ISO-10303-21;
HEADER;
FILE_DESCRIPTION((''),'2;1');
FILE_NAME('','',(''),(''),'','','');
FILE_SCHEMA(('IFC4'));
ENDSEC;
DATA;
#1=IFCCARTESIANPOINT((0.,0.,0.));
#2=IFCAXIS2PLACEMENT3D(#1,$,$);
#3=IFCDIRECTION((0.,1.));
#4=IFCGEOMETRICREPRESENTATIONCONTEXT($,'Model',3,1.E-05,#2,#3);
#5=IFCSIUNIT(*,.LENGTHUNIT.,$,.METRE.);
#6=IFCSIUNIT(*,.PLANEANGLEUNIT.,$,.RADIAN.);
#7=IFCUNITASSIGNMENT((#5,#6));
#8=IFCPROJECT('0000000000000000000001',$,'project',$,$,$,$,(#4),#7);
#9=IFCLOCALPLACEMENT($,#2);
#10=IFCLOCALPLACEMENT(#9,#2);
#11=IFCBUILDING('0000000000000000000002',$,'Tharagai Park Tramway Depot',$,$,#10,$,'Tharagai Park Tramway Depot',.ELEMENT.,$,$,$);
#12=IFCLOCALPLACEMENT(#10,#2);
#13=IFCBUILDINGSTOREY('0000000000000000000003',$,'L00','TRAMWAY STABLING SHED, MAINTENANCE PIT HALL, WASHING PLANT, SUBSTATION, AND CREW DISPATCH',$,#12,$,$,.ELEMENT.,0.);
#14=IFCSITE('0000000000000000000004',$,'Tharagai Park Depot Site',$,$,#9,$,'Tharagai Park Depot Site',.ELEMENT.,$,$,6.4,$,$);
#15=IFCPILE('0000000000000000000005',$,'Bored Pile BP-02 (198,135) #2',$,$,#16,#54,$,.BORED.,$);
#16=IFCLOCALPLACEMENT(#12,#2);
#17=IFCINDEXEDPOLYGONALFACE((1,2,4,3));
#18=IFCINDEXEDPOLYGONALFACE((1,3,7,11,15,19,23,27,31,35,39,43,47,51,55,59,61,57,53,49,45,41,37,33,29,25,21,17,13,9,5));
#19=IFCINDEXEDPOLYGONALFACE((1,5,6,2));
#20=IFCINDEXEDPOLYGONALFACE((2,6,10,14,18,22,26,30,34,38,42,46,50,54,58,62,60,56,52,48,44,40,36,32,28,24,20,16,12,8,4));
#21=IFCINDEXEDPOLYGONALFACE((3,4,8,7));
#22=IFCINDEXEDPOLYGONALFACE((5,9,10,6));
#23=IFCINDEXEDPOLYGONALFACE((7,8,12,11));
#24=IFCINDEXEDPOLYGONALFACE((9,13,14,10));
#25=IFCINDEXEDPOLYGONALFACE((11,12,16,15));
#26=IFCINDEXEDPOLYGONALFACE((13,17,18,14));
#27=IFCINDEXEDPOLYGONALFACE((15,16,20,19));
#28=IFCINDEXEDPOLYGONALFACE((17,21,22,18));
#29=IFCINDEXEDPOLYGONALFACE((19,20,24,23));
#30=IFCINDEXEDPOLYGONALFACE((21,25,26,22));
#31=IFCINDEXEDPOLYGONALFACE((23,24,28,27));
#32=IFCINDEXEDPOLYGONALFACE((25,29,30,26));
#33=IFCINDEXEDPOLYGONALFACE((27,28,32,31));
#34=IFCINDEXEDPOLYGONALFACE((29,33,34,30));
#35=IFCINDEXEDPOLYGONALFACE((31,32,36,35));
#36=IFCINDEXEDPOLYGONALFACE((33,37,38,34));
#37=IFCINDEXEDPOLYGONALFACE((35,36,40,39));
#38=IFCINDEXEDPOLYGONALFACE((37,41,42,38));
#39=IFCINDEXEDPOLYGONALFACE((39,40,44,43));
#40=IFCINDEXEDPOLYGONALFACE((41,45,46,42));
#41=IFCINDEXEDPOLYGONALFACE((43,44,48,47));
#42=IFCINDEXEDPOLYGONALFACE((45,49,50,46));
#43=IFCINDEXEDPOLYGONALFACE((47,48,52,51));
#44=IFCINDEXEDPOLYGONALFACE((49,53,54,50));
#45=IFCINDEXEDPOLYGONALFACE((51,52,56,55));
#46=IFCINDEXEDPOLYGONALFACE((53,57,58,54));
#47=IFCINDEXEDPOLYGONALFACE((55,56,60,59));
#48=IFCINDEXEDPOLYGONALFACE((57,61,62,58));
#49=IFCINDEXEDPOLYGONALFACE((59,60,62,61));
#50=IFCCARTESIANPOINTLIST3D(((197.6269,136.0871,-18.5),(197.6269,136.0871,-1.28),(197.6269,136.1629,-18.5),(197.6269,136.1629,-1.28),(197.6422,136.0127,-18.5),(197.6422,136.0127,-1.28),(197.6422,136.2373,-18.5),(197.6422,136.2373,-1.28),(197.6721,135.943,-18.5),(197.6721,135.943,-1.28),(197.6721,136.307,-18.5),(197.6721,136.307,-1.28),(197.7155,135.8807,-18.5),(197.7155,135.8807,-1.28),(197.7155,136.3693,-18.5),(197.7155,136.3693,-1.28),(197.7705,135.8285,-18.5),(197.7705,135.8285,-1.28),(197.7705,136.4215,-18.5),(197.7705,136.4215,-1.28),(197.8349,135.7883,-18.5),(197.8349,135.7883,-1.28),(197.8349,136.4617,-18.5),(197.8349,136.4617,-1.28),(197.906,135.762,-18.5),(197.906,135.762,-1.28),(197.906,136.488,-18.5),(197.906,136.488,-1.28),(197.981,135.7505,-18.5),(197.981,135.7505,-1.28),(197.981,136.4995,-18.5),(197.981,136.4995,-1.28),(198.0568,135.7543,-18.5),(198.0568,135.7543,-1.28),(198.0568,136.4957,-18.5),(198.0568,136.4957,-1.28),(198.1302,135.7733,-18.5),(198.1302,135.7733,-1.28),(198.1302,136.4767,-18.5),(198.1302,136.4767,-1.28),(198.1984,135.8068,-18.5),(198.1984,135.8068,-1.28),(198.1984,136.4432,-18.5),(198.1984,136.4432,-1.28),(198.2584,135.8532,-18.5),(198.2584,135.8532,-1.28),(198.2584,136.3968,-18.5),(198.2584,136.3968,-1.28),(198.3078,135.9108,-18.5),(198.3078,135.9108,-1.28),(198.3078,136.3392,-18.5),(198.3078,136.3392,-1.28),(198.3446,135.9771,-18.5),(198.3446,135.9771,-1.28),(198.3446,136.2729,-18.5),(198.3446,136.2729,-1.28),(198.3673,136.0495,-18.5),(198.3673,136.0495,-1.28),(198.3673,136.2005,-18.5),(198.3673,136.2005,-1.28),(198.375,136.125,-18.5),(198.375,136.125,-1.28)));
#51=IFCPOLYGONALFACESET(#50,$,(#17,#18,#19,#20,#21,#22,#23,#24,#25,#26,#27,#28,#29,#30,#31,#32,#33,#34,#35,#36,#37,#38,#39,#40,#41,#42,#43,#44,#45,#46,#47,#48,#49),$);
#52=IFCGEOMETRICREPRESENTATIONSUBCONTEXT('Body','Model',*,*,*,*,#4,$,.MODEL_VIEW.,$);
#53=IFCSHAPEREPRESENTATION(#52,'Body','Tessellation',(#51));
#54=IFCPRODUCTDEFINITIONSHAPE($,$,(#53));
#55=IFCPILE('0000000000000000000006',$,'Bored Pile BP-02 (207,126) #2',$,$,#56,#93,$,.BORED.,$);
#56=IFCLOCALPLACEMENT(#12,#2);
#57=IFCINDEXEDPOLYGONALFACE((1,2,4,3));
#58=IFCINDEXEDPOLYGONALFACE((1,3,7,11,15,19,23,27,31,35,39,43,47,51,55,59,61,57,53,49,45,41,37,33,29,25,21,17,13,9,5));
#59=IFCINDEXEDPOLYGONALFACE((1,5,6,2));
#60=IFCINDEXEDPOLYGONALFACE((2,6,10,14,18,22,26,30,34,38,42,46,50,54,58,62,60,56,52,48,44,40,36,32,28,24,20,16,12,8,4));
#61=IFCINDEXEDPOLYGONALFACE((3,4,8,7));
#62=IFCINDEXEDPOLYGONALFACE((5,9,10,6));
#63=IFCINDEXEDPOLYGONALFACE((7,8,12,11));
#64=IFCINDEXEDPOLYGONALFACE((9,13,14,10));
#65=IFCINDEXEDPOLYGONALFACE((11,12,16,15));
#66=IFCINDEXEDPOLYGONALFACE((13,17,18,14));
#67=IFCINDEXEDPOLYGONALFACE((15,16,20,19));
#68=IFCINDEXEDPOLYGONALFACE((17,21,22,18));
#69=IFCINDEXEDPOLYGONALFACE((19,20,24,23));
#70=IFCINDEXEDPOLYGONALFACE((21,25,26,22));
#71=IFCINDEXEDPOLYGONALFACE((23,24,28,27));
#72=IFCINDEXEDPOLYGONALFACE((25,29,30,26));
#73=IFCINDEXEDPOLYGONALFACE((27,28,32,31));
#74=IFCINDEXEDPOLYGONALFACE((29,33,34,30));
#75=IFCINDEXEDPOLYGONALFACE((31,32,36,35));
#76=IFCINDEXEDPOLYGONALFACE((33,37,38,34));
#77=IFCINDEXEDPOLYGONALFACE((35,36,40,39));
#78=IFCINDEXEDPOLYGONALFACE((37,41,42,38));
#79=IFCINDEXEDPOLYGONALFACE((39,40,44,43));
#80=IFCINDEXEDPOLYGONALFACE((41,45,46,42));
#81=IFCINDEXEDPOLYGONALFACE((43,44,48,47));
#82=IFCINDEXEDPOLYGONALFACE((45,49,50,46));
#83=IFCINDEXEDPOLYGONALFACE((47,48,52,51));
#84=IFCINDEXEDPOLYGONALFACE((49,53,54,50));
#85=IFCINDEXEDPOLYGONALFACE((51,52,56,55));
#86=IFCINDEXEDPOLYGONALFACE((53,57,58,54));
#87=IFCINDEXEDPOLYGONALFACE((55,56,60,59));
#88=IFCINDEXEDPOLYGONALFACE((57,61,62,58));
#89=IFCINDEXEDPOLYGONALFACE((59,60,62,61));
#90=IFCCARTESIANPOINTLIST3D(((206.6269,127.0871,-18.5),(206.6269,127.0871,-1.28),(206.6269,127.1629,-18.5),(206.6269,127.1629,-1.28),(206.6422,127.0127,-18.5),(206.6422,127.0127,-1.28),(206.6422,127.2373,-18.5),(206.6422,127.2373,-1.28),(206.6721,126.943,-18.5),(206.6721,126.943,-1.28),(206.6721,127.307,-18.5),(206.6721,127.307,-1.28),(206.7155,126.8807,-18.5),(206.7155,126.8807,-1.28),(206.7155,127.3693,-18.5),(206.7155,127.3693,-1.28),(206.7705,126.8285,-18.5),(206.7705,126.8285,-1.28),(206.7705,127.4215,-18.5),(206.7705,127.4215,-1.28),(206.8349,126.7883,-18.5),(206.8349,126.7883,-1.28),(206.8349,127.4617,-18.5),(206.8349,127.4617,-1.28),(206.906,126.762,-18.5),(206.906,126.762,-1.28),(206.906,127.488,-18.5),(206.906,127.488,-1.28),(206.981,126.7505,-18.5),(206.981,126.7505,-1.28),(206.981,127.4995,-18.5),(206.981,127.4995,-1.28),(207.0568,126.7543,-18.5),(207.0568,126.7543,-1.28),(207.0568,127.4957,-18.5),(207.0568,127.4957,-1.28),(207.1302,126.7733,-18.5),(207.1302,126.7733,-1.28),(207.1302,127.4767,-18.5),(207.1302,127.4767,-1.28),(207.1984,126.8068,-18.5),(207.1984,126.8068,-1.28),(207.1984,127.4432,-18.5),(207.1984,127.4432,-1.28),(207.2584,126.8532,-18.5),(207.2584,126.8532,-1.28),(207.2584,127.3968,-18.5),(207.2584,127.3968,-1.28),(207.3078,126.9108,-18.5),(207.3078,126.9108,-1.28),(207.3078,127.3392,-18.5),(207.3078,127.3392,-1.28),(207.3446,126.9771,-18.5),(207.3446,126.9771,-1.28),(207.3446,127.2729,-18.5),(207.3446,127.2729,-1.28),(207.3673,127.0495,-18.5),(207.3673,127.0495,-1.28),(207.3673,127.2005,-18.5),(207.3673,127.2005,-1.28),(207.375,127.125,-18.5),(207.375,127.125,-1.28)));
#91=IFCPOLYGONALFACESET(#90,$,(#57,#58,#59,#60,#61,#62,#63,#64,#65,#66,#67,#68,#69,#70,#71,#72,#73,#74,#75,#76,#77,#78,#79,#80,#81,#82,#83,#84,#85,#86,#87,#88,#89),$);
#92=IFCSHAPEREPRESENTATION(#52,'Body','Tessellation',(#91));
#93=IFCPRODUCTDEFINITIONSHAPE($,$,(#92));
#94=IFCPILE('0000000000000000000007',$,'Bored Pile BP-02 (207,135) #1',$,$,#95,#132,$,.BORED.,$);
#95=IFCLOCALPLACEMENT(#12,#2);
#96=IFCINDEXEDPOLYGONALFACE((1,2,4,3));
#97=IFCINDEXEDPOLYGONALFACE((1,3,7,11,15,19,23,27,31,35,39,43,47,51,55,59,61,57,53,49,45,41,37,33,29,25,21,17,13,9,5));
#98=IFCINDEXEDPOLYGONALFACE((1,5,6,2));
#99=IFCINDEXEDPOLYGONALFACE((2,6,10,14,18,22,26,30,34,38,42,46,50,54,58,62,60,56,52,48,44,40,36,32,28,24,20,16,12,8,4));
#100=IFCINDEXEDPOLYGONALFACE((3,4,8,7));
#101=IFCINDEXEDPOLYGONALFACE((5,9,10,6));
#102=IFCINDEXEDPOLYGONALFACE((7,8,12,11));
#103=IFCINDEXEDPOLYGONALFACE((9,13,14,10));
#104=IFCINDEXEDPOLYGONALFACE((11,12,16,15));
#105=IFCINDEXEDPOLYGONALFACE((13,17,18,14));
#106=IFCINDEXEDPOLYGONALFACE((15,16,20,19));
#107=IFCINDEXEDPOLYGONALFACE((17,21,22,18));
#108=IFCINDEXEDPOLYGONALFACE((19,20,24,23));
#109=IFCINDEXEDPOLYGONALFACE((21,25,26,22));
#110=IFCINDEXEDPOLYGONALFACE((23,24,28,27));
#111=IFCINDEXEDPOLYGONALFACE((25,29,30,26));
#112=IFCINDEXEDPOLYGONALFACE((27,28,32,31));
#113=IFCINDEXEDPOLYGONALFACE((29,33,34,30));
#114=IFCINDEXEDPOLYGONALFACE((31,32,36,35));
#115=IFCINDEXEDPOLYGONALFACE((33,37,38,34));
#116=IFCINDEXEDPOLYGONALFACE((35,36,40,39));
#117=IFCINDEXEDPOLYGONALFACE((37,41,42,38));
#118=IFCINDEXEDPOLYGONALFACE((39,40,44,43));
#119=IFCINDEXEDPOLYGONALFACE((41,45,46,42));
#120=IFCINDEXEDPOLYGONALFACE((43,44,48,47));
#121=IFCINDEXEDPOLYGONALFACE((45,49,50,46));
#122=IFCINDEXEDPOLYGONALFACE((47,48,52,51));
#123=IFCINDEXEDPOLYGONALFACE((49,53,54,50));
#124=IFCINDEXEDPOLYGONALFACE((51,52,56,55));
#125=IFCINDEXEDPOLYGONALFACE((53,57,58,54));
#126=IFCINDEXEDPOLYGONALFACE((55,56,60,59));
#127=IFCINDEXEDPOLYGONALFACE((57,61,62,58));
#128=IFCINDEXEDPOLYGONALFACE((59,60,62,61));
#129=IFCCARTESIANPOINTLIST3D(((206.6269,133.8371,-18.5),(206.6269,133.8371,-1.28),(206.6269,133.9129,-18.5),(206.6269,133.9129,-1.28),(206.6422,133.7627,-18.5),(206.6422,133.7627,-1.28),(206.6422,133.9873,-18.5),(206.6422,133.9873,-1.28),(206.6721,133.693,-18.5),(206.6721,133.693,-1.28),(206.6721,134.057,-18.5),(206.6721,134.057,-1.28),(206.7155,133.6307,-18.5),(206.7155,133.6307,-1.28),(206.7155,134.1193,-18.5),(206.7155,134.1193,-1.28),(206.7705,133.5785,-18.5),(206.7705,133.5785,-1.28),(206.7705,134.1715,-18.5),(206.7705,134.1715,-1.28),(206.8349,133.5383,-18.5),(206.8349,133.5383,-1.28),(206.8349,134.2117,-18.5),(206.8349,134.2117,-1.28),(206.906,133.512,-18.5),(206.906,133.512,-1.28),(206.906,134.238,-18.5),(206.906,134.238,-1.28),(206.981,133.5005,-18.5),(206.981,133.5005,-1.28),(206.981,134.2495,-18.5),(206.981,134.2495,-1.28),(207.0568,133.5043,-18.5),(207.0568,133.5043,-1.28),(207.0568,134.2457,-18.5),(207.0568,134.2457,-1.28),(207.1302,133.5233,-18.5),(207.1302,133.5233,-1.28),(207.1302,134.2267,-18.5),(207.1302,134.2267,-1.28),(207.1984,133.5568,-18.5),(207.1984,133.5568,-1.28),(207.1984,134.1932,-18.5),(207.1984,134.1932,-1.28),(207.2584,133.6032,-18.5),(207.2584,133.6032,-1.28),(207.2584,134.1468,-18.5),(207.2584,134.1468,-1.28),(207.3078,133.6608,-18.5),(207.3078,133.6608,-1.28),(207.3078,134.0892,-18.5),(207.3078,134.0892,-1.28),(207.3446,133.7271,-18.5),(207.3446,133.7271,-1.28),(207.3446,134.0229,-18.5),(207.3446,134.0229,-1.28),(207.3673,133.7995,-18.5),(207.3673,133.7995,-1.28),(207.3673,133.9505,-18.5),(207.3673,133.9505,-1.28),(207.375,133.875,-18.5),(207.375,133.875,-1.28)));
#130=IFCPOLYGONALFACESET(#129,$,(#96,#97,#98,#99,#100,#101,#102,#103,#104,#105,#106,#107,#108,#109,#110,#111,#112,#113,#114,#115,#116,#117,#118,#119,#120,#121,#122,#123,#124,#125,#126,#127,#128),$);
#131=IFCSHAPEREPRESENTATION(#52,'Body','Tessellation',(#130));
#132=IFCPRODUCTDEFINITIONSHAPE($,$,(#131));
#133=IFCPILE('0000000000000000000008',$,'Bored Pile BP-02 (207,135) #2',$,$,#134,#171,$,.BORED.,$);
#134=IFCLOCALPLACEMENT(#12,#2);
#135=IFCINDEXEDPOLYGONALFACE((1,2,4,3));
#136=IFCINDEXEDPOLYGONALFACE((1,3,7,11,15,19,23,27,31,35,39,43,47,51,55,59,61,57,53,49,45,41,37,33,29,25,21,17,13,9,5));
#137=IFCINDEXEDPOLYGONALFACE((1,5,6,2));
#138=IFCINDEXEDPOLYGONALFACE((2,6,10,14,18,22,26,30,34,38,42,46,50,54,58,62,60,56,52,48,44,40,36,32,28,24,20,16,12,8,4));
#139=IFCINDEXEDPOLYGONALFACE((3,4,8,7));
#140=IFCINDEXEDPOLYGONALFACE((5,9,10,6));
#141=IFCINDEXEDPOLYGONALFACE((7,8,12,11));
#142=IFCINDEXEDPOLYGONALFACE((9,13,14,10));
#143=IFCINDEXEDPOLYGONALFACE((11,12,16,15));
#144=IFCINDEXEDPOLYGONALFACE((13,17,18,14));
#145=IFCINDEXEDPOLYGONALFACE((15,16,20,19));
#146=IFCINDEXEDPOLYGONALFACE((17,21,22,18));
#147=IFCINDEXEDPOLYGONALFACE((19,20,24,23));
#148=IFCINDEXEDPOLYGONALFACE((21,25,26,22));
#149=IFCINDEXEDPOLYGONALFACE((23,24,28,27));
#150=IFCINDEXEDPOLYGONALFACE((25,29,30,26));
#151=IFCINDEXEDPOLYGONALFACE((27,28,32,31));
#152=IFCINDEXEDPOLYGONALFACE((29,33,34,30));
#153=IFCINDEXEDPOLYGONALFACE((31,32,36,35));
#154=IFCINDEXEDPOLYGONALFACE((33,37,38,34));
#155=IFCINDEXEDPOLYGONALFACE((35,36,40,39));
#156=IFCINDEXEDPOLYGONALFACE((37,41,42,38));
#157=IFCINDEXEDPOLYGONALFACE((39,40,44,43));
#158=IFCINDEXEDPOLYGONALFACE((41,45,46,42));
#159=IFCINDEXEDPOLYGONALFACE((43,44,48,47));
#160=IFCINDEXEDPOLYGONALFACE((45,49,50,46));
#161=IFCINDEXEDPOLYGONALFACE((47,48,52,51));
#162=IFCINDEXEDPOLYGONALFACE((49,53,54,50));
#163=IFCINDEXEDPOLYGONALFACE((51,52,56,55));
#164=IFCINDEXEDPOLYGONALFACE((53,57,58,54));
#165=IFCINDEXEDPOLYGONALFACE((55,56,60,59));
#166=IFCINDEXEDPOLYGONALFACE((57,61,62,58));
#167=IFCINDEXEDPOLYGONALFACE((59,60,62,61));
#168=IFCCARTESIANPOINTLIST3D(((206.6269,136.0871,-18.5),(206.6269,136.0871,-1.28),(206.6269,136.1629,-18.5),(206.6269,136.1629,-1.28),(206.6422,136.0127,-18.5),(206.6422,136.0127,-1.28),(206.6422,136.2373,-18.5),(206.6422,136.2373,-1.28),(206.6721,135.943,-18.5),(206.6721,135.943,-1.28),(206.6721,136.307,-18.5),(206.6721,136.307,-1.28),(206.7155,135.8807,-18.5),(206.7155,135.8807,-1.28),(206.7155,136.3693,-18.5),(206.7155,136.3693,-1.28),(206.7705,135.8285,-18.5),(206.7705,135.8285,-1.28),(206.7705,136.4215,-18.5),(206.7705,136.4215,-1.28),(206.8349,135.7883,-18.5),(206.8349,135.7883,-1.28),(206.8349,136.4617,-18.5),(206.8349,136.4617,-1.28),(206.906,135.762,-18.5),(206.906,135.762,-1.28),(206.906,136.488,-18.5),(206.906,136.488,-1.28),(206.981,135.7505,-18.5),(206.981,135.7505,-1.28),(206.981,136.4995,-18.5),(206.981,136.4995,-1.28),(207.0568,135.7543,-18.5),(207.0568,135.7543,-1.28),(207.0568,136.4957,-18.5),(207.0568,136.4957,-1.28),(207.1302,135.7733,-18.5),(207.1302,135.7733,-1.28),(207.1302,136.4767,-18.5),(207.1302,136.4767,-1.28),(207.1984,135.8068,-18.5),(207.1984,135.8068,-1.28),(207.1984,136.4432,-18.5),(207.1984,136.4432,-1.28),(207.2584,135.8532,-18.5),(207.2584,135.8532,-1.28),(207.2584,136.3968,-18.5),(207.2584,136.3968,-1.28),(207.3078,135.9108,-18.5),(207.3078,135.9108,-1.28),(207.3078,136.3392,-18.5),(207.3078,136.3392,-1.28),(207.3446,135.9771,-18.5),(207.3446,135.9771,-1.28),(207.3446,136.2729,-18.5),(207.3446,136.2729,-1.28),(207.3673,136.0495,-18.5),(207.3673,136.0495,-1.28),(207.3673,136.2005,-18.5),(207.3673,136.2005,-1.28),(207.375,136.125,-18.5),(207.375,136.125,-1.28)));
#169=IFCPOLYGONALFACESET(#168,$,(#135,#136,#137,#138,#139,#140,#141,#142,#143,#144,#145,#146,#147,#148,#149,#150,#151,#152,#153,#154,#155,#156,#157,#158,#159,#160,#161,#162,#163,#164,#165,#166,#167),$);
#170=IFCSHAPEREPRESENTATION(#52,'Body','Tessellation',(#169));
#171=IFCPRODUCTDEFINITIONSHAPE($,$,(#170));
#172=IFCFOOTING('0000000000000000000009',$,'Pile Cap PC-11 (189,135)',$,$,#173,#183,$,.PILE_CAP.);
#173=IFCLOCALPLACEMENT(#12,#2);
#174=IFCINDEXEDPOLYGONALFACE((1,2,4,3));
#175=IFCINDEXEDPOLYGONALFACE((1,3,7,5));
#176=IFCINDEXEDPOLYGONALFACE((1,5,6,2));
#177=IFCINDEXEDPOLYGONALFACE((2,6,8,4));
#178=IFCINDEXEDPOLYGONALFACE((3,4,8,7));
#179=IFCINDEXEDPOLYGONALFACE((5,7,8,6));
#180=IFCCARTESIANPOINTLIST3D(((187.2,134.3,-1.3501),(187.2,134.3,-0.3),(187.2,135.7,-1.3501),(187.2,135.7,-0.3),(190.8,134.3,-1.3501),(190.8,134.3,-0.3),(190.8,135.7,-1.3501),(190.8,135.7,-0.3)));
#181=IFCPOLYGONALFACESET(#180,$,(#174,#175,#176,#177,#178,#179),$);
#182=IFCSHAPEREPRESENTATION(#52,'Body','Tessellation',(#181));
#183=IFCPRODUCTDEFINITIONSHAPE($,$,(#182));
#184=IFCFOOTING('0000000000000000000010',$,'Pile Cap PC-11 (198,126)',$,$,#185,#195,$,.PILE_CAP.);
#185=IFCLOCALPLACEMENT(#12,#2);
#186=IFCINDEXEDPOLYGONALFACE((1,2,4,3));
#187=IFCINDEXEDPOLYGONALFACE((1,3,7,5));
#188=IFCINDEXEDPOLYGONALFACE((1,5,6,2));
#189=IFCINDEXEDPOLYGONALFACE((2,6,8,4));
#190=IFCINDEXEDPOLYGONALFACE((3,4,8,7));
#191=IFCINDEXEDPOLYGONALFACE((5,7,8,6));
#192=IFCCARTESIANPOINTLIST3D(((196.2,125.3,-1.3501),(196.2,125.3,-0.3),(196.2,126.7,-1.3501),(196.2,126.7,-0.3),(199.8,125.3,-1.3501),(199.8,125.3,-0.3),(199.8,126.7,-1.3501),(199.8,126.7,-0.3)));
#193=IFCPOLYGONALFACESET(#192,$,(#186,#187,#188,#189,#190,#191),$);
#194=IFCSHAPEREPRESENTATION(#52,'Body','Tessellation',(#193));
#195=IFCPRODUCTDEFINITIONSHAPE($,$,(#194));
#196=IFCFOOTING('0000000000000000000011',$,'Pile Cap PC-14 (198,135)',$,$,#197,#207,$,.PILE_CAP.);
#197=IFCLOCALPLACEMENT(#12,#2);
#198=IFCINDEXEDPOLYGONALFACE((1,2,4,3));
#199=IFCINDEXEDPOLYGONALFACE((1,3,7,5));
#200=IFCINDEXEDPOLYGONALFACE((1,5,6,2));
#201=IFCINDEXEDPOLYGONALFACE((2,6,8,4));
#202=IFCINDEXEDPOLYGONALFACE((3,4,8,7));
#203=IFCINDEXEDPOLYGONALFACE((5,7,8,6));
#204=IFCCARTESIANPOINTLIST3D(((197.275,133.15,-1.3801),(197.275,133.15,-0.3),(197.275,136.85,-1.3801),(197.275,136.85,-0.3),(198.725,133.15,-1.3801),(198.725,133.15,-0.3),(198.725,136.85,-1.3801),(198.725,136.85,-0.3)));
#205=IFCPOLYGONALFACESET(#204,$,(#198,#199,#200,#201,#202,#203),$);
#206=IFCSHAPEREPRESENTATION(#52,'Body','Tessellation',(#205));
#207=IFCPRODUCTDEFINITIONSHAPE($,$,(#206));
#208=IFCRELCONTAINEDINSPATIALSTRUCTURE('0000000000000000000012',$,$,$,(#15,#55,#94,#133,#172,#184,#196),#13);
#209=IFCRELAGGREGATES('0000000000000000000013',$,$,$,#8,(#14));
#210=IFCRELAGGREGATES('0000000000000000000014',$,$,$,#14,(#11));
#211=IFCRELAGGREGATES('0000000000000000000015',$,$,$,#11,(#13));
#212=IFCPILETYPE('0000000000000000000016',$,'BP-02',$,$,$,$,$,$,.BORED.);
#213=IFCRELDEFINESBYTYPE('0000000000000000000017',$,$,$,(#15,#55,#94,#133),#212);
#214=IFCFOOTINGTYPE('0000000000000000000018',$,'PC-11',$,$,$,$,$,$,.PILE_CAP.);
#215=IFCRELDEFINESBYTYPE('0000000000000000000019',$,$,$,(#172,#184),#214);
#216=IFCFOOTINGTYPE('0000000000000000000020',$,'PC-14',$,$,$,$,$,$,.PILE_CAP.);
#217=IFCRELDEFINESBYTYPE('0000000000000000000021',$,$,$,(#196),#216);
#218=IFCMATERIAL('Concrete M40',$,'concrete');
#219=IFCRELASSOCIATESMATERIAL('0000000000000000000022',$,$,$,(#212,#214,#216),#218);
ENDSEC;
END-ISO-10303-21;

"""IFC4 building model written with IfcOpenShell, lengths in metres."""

from ifc_helpers import new_model, si_unit, direction, frame, origin, origin_2d, place, context, subcontext, project, spatial, rectangle, circle, extrude, material, material_profile, profile_set, type_object, element, save


model = new_model("IFC4")

# Units and contexts
model_context = context("Model", 3, precision=1e-05, world=origin(), true_north=direction((0.0, 1.0)))
body_context = subcontext(model_context, "Body", "Model", "MODEL_VIEW")
ifc_project = project(units=[si_unit("LENGTHUNIT", "METRE"), si_unit("PLANEANGLEUNIT", "RADIAN")], contexts=[model_context])

# Site, building, storey
site_placement = place(None, origin())
site = spatial("IfcSite", under=ifc_project, at=site_placement, Name="Tharagai Park Depot Site", LongName="Tharagai Park Depot Site", CompositionType="ELEMENT", RefElevation=6.4)
building_placement = place(site_placement, origin())
building = spatial("IfcBuilding", under=site, at=building_placement, Name="Tharagai Park Tramway Depot", LongName="Tharagai Park Tramway Depot", CompositionType="ELEMENT")
storey_placement = place(building_placement, origin())
storey = spatial("IfcBuildingStorey", under=building, at=storey_placement, Name="L00", Description="TRAMWAY STABLING SHED, MAINTENANCE PIT HALL, WASHING PLANT, SUBSTATION, AND CREW DISPATCH", CompositionType="ELEMENT", Elevation=0.0)

# Piles
ifc_material_1 = material(Name="Concrete M40", Category="concrete")
ifc_material_profile_1 = material_profile(ifc_material_1, circle(Radius=0.375, at=origin_2d()), Name="PILE D750")
ifc_profile_set_1 = profile_set([ifc_material_profile_1], Name="Concrete M40")
pile_type = type_object("IfcPileType", Name="BP-02", PredefinedType="BORED", material=ifc_profile_set_1)
for number, where, z_axis, x_axis, name in (
    (1, (198.0, 136.125, -1.28), (0.0, 0.0, -1.0), (1.0, 0.0, 0.0), "Bored Pile BP-02 (198,135) #2"),
    (2, (207.0, 127.125, -1.28), (0.0, 0.0, -1.0), (1.0, 0.0, 0.0), "Bored Pile BP-02 (207,126) #2"),
    (3, (207.0, 133.875, -1.28), (0.0, 0.0, -1.0), (1.0, 0.0, 0.0), "Bored Pile BP-02 (207,135) #1"),
    (4, (207.0, 136.125, -1.28), (0.0, 0.0, -1.0), (1.0, 0.0, 0.0), "Bored Pile BP-02 (207,135) #2"),
):
    element("IfcPile", number, at=place(storey_placement, frame(where, z_axis=z_axis, x_axis=x_axis)), inside=storey, type_object=pile_type, Name=name, PredefinedType="BORED", context=body_context, shape_type="SweptSolid", body=[
        extrude(circle(Radius=0.375, at=origin_2d()), origin(), (0.0, 0.0, 1.0), 17.22),
    ])

# Footings
footing_type_1 = type_object("IfcFootingType", Name="PC-11", PredefinedType="PILE_CAP", material=ifc_material_1)
for number, where, z_axis, x_axis, name in (
    (5, (189.0, 135.0, -1.3501), (0.0, 0.0, 1.0), (1.0, 0.0, 0.0), "Pile Cap PC-11 (189,135)"),
    (6, (198.0, 126.0, -1.3501), (0.0, 0.0, 1.0), (1.0, 0.0, 0.0), "Pile Cap PC-11 (198,126)"),
):
    element("IfcFooting", number, at=place(storey_placement, frame(where, z_axis=z_axis, x_axis=x_axis)), inside=storey, type_object=footing_type_1, Name=name, PredefinedType="PILE_CAP", context=body_context, shape_type="SweptSolid", body=[
        extrude(rectangle(XDim=3.6001, YDim=1.3999, at=origin_2d()), origin(), (0.0, 0.0, 1.0), 1.05),
    ])
footing_type_2 = type_object("IfcFootingType", Name="PC-14", PredefinedType="PILE_CAP", material=ifc_material_1)
for number, where, z_axis, x_axis, name in (
    (7, (198.0, 135.0, -1.3801), (0.0, 0.0, 1.0), (1.0, 0.0, 0.0), "Pile Cap PC-14 (198,135)"),
):
    element("IfcFooting", number, at=place(storey_placement, frame(where, z_axis=z_axis, x_axis=x_axis)), inside=storey, type_object=footing_type_2, Name=name, PredefinedType="PILE_CAP", context=body_context, shape_type="SweptSolid", body=[
        extrude(rectangle(XDim=1.45, YDim=3.7, at=origin_2d()), origin(), (0.0, 0.0, 1.0), 1.0801),
    ])

save(model, "model.ifc")
